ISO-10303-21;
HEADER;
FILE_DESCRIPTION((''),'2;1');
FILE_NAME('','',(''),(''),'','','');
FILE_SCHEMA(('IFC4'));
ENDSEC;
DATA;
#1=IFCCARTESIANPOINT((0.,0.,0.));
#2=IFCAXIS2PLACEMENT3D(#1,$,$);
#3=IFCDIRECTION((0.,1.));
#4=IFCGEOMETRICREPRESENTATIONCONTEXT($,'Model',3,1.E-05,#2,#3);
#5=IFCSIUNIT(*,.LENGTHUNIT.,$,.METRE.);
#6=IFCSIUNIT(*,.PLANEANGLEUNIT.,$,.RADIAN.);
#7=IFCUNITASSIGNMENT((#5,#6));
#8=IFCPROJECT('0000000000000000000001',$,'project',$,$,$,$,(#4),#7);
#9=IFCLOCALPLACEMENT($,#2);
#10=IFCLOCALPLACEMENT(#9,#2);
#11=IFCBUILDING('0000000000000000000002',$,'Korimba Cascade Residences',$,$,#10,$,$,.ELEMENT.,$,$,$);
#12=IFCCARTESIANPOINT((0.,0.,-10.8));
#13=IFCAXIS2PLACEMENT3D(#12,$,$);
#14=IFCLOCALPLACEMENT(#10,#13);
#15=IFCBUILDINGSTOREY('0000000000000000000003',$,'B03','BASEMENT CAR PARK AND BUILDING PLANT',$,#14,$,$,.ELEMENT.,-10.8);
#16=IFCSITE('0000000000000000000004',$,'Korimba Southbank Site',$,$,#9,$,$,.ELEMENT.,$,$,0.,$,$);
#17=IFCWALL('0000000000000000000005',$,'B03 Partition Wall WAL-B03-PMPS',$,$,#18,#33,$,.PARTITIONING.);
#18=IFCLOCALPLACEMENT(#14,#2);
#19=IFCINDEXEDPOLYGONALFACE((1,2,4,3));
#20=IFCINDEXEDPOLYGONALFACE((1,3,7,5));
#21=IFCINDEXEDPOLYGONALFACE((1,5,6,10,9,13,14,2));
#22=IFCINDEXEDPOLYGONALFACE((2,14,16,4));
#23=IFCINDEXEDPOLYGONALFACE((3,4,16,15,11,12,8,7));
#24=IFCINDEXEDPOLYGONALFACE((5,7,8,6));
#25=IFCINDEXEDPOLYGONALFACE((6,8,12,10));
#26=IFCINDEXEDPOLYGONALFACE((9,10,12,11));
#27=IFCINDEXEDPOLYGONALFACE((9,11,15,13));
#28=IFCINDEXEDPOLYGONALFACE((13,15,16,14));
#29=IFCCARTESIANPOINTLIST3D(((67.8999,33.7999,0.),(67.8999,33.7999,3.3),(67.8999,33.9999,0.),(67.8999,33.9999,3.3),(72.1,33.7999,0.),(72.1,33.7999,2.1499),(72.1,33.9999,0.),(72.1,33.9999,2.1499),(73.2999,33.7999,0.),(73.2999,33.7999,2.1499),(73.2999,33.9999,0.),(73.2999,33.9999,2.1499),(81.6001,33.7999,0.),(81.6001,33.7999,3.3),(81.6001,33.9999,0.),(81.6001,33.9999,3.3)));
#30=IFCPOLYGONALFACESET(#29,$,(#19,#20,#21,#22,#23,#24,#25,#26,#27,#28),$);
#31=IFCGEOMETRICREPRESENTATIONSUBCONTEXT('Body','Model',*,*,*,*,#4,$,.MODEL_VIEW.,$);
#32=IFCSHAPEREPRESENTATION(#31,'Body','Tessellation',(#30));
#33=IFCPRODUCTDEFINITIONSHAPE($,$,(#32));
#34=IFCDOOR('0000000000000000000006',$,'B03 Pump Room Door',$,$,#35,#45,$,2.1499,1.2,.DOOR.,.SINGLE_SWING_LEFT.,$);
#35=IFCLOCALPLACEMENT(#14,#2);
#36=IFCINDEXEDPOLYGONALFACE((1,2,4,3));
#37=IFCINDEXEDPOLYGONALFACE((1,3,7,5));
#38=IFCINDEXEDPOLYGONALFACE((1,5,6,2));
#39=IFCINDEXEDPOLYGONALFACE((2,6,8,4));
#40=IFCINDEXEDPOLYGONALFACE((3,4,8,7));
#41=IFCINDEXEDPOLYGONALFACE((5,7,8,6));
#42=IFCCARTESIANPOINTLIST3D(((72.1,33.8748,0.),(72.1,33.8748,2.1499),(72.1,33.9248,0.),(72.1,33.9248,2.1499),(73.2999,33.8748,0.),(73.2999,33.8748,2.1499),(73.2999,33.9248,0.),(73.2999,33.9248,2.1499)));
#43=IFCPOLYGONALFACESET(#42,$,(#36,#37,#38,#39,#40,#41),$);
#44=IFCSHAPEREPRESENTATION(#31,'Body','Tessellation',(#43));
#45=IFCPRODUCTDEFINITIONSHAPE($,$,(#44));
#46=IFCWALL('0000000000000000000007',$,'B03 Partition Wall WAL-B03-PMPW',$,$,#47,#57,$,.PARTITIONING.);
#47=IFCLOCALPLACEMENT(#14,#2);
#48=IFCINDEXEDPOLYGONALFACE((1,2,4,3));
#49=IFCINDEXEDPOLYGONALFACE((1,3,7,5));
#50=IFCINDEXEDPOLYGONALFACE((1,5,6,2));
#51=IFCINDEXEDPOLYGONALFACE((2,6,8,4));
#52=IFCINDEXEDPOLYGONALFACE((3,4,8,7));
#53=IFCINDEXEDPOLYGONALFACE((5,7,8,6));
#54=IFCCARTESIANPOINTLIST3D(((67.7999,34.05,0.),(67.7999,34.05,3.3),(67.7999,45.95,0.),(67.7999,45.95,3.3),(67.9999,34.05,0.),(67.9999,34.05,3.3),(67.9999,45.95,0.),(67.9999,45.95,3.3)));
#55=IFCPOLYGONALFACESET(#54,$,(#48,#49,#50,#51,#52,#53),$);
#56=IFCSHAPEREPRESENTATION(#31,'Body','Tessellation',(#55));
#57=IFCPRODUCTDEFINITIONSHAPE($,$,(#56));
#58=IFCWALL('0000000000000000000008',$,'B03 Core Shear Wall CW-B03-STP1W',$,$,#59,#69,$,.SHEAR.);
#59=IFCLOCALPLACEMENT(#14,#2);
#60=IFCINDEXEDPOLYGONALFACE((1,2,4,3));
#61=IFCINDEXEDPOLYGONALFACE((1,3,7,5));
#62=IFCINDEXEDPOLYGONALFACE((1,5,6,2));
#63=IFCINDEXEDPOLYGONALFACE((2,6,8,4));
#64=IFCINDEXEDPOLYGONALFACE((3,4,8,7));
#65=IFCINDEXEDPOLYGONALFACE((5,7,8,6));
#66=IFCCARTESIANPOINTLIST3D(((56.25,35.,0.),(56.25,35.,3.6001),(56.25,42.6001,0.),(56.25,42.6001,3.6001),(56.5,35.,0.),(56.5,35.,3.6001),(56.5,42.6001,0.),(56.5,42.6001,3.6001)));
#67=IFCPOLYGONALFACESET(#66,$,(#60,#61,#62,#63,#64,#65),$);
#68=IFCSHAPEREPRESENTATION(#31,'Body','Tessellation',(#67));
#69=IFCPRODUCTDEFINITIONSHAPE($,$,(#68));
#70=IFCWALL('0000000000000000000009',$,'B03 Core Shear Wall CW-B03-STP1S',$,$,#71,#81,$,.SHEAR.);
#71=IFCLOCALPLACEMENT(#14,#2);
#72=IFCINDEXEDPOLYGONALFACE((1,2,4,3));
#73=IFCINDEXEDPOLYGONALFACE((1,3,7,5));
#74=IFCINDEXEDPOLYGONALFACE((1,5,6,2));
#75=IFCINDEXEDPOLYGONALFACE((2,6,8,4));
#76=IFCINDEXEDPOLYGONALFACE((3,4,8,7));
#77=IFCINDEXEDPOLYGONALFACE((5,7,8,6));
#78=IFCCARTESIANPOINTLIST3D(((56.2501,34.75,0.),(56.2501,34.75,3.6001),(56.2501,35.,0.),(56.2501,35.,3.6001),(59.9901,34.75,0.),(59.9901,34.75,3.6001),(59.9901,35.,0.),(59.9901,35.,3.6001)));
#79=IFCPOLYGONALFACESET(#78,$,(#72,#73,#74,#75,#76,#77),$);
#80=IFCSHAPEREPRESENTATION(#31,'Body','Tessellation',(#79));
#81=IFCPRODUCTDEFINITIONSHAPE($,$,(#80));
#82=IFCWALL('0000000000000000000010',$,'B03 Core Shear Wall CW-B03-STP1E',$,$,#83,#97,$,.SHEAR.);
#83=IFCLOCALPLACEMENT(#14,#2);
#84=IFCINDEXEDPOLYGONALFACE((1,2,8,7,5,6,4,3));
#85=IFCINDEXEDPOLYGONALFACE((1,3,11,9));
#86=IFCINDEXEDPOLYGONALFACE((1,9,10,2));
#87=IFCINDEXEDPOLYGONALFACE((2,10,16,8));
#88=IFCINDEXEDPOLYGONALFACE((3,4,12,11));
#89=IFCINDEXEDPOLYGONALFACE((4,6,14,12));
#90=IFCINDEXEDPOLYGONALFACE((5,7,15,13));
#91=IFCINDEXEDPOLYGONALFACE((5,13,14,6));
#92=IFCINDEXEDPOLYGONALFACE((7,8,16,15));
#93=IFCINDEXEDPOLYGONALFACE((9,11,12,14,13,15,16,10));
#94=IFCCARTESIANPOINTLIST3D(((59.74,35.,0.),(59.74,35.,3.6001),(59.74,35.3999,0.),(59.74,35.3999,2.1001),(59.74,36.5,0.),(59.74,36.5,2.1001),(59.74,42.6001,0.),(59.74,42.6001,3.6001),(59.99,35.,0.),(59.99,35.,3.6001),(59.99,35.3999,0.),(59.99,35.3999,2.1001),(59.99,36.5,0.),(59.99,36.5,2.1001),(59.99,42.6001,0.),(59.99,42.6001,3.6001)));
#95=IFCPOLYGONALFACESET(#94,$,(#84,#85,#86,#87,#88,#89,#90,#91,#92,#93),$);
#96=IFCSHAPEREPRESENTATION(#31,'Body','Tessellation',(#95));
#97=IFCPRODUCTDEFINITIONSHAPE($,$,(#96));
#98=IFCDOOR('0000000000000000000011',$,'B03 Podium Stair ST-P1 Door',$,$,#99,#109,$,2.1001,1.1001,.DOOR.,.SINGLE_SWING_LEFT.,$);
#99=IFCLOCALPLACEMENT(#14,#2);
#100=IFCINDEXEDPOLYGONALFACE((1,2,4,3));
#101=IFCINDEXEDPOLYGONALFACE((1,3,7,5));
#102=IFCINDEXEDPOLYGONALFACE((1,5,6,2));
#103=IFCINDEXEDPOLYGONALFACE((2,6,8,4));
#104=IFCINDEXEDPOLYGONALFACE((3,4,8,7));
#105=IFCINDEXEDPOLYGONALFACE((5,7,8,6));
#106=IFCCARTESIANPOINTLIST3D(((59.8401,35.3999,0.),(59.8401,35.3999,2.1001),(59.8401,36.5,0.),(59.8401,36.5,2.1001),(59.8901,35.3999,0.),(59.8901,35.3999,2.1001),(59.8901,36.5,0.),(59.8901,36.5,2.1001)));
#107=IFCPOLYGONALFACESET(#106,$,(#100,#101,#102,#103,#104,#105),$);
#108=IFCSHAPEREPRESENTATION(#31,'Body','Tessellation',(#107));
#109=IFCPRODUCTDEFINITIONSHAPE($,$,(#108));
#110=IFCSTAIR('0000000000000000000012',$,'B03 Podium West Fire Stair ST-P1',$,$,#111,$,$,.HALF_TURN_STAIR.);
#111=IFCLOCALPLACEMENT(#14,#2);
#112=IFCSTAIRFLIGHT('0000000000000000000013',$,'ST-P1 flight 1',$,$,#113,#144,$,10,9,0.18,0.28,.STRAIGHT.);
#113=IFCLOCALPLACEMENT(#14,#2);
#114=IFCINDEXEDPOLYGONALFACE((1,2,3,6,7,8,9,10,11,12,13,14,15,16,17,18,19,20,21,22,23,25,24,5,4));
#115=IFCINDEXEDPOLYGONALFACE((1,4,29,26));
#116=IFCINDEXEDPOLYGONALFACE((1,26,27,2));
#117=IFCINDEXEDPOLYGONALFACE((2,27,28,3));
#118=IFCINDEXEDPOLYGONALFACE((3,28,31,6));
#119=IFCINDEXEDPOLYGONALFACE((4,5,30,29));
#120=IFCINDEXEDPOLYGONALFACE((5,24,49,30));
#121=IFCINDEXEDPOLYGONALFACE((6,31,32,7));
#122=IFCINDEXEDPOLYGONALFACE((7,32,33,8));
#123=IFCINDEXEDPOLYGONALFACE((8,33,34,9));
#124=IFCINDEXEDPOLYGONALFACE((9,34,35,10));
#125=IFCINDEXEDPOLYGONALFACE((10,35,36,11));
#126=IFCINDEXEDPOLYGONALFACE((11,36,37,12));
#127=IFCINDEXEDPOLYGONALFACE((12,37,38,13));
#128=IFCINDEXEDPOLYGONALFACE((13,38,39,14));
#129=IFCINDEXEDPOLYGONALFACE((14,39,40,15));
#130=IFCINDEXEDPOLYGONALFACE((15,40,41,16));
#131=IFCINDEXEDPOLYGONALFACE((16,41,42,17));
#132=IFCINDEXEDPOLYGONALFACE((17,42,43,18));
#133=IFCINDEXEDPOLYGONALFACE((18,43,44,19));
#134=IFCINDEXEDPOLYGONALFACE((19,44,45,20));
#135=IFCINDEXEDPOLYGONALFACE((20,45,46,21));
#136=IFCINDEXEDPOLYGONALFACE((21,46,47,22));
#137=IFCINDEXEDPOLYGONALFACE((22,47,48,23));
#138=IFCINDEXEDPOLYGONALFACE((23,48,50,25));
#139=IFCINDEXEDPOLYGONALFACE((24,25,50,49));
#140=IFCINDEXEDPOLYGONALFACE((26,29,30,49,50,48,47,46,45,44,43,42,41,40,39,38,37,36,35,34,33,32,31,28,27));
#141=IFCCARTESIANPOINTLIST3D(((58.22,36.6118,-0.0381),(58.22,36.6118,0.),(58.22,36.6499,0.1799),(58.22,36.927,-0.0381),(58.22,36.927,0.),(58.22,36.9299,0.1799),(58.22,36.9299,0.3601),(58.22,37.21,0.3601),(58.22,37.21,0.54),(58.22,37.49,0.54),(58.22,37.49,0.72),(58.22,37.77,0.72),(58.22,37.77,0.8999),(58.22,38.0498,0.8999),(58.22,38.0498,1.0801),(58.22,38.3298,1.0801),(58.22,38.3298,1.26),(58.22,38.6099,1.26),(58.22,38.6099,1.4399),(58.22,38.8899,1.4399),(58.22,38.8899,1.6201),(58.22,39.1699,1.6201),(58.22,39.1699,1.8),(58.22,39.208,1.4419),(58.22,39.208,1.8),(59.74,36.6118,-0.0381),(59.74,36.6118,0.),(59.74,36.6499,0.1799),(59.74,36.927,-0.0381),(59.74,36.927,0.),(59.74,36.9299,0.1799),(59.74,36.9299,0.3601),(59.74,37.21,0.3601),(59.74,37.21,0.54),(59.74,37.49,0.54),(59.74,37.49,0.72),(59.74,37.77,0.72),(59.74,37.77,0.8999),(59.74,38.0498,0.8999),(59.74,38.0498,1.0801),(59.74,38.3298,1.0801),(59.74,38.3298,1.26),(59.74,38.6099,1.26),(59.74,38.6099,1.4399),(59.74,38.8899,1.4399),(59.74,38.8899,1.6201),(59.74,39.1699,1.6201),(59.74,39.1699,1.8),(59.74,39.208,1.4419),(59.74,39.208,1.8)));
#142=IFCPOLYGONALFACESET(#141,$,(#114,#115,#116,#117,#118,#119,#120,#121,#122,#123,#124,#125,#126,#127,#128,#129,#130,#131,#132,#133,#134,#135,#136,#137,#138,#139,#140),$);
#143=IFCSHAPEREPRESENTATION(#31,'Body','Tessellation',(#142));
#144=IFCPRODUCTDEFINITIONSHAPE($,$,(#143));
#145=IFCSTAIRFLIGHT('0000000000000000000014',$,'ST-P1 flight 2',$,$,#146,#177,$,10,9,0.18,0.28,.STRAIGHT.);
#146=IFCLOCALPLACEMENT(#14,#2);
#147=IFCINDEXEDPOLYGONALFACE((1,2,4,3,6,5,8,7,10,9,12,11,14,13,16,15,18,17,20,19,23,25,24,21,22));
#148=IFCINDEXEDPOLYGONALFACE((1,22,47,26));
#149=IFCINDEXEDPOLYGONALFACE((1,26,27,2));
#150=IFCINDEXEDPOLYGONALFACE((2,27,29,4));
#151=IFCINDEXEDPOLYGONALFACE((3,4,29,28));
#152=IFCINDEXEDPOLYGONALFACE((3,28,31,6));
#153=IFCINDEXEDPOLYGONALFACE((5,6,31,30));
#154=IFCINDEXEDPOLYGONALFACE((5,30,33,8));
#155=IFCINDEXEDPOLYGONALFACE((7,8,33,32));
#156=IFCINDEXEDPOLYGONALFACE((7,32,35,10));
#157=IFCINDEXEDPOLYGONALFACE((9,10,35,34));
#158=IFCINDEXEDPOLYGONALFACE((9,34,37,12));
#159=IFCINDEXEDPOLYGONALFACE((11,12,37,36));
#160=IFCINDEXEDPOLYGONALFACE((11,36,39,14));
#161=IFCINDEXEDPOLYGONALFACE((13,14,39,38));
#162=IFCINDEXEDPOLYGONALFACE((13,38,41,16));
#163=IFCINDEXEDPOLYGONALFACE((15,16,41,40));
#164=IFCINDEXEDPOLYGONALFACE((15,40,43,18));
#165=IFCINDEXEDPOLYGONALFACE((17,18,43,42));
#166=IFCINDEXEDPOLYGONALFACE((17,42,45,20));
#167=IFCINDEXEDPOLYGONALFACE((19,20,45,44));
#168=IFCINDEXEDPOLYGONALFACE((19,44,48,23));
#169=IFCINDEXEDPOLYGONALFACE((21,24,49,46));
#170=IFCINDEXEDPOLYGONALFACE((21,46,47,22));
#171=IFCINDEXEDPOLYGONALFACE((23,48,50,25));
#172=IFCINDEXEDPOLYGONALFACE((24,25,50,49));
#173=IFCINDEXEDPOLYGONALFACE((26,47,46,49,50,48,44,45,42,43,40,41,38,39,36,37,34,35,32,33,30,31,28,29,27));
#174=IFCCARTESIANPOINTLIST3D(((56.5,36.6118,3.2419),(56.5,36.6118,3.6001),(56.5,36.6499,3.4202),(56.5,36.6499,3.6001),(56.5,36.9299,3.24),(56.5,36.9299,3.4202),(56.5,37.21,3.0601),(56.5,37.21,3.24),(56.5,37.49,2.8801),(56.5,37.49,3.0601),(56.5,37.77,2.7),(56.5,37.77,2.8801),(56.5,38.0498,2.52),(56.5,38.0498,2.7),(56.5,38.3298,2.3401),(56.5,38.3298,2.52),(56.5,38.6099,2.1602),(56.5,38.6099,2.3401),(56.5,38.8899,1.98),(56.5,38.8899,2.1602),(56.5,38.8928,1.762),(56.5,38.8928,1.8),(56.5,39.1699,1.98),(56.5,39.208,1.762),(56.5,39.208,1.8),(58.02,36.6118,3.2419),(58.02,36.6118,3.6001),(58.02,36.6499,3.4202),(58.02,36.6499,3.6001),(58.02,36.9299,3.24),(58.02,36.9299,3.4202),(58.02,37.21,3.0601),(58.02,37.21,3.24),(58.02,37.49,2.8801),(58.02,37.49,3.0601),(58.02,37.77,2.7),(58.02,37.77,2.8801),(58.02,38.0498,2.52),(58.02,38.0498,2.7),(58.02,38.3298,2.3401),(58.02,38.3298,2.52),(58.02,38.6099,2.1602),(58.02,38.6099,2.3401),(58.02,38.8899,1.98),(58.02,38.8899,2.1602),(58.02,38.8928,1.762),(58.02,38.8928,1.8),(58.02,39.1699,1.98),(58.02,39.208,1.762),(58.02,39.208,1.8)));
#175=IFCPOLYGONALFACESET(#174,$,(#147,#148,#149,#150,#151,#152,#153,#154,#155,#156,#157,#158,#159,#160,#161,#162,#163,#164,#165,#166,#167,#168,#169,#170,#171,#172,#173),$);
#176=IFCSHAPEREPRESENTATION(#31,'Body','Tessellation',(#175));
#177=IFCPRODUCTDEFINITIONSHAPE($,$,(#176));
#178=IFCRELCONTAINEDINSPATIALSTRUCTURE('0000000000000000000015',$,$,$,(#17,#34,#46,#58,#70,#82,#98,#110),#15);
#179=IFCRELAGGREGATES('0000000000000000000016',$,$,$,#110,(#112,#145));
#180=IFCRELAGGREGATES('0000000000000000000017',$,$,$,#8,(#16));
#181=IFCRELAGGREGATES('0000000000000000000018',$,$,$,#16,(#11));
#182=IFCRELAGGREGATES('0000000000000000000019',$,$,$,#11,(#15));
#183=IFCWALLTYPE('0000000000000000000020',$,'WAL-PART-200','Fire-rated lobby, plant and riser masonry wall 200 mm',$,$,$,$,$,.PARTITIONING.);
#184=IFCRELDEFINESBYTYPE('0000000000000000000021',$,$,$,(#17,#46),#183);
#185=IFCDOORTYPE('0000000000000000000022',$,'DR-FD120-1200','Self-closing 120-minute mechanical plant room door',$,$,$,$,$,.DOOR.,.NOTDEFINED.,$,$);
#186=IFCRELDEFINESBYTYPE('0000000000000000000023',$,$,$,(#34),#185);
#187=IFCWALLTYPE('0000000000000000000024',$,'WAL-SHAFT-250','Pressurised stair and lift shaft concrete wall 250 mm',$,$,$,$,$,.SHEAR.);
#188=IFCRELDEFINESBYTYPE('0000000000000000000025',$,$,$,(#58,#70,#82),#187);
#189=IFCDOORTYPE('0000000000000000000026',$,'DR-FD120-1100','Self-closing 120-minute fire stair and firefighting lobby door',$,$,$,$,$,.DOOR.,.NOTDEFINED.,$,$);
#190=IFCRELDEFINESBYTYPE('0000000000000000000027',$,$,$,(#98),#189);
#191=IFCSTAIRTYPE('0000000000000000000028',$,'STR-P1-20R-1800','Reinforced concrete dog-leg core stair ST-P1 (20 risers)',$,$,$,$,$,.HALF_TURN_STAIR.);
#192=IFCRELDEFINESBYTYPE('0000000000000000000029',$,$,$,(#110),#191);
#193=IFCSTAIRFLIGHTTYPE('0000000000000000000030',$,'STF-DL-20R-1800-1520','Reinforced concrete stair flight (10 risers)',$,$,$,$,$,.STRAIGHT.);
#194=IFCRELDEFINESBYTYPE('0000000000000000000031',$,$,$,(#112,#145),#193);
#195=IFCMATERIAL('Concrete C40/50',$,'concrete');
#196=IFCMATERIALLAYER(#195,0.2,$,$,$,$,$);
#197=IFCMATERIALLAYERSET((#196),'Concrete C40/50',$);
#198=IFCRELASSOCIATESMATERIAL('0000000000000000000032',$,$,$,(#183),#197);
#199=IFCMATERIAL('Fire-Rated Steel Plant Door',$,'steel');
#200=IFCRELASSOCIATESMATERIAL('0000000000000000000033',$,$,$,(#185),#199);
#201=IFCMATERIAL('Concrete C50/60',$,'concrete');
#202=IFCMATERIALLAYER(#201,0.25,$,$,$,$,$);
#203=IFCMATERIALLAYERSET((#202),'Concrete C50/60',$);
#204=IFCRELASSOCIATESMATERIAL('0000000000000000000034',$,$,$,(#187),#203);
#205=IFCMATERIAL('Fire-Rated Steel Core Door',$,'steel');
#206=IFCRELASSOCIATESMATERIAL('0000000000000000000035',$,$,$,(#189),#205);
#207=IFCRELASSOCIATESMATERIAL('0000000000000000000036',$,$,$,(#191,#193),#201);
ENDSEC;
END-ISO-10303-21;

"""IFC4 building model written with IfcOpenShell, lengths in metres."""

from ifc_helpers import new_model, si_unit, direction, frame, frame_2d, origin, place, context, subcontext, project, spatial, polyline, rectangle, outline, extrude, material, layer, layer_set, type_object, element, fill, aggregate, save


model = new_model("IFC4")

# Units and contexts
model_context = context("Model", 3, precision=1e-05, world=origin(), true_north=direction((0.0, 1.0)))
body_context = subcontext(model_context, "Body", "Model", "MODEL_VIEW")
ifc_project = project(units=[si_unit("LENGTHUNIT", "METRE"), si_unit("PLANEANGLEUNIT", "RADIAN")], contexts=[model_context])

# Site, building, storey
site_placement = place(None, origin())
site = spatial("IfcSite", under=ifc_project, at=site_placement, Name="Korimba Southbank Site", CompositionType="ELEMENT", RefElevation=0.0)
building_placement = place(site_placement, origin())
building = spatial("IfcBuilding", under=site, at=building_placement, Name="Korimba Cascade Residences", CompositionType="ELEMENT")
storey_placement = place(building_placement, frame((0.0, 0.0, -10.8)))
storey = spatial("IfcBuildingStorey", under=building, at=storey_placement, Name="B03", Description="BASEMENT CAR PARK AND BUILDING PLANT", CompositionType="ELEMENT", Elevation=-10.8)

# Shared definitions
ifc_material_1 = material(Name="Concrete C50/60", Category="concrete")

# Shared definitions
ifc_material_2 = material(Name="Concrete C40/50", Category="concrete")
ifc_layer_1 = layer(ifc_material_2, 0.2)
ifc_layer_set_1 = layer_set([ifc_layer_1], Name="Concrete C40/50")
wall_type_1 = type_object("IfcWallType", Name="WAL-PART-200", Description="Fire-rated lobby, plant and riser masonry wall 200 mm", PredefinedType="PARTITIONING", material=ifc_layer_set_1)

# Wall, opening, door
wall_1_placement = place(storey_placement, frame((67.8999, 33.8999, 0.0), z_axis=(0.0, 0.0, 1.0), x_axis=(1.0, 0.0, 0.0)))
wall_1 = element("IfcWall", 1, at=wall_1_placement, inside=storey, type_object=wall_type_1, Name="B03 Partition Wall WAL-B03-PMPS", PredefinedType="PARTITIONING", context=body_context, shape_type="SweptSolid", body=[
    extrude(rectangle(XDim=13.7002, YDim=0.2, at=frame_2d((6.8501, 0.0))), origin(), (0.0, 0.0, 1.0), 3.3),
])
opening_1_placement = place(wall_1_placement, frame((4.2, 0.0, 0.0)))
opening_1 = element("IfcOpeningElement", 2, at=opening_1_placement, cuts=wall_1, PredefinedType="OPENING", context=body_context, shape_type="SweptSolid", body=[
    extrude(rectangle(XDim=1.2, YDim=2.1499, at=frame_2d((0.6001, 1.075))), frame((0.0, 0.1099, 0.0), z_axis=(0.0, -1.0, 0.0), x_axis=(1.0, 0.0, 0.0)), (0.0, 0.0, 1.0), 0.22),
])
ifc_material_3 = material(Name="Fire-Rated Steel Plant Door", Category="steel")
door_type_1 = type_object("IfcDoorType", Name="DR-FD120-1200", Description="Self-closing 120-minute mechanical plant room door", OperationType="NOTDEFINED", PredefinedType="DOOR", material=ifc_material_3)
door_1_placement = place(opening_1_placement, origin())
door_1 = element("IfcDoor", 3, at=door_1_placement, inside=storey, type_object=door_type_1, Name="B03 Pump Room Door", OperationType="SINGLE_SWING_LEFT", OverallHeight=2.1499, OverallWidth=1.2, PredefinedType="DOOR", context=body_context, shape_type="SweptSolid", body=[
    extrude(rectangle(XDim=1.2, YDim=2.1499, at=frame_2d((0.6001, 1.075))), frame((0.0, 0.0249, 0.0), z_axis=(0.0, -1.0, 0.0), x_axis=(1.0, 0.0, 0.0)), (0.0, 0.0, 1.0), 0.05),
])
fill(opening_1, door_1)

# Walls
wall_2_placement = place(storey_placement, frame((67.8999, 34.05, 0.0), z_axis=(0.0, 0.0, 1.0), x_axis=(0.0, 1.0, 0.0)))
element("IfcWall", 4, at=wall_2_placement, inside=storey, type_object=wall_type_1, Name="B03 Partition Wall WAL-B03-PMPW", PredefinedType="PARTITIONING", context=body_context, shape_type="SweptSolid", body=[
    extrude(rectangle(XDim=11.8999, YDim=0.2, at=frame_2d((5.95, 0.0))), origin(), (0.0, 0.0, 1.0), 3.3),
])
ifc_layer_2 = layer(ifc_material_1, 0.25)
ifc_layer_set_2 = layer_set([ifc_layer_2], Name="Concrete C50/60")
wall_type_2 = type_object("IfcWallType", Name="WAL-SHAFT-250", Description="Pressurised stair and lift shaft concrete wall 250 mm", PredefinedType="SHEAR", material=ifc_layer_set_2)
wall_3_placement = place(storey_placement, frame((56.375, 35.0, 0.0), z_axis=(0.0, 0.0, 1.0), x_axis=(0.0, 1.0, 0.0)))
element("IfcWall", 5, at=wall_3_placement, inside=storey, type_object=wall_type_2, Name="B03 Core Shear Wall CW-B03-STP1W", PredefinedType="SHEAR", context=body_context, shape_type="SweptSolid", body=[
    extrude(rectangle(XDim=7.6001, YDim=0.25, at=frame_2d((3.8, 0.0))), origin(), (0.0, 0.0, 1.0), 3.6001),
])
wall_4_placement = place(storey_placement, frame((56.25, 34.875, 0.0), z_axis=(0.0, 0.0, 1.0), x_axis=(1.0, 0.0, 0.0)))
element("IfcWall", 6, at=wall_4_placement, inside=storey, type_object=wall_type_2, Name="B03 Core Shear Wall CW-B03-STP1S", PredefinedType="SHEAR", context=body_context, shape_type="SweptSolid", body=[
    extrude(rectangle(XDim=3.74, YDim=0.25, at=frame_2d((1.8701, 0.0))), origin(), (0.0, 0.0, 1.0), 3.6001),
])

# Wall, opening, door
wall_5_placement = place(storey_placement, frame((59.865, 35.0, 0.0), z_axis=(0.0, 0.0, 1.0), x_axis=(0.0, 1.0, 0.0)))
wall_5 = element("IfcWall", 7, at=wall_5_placement, inside=storey, type_object=wall_type_2, Name="B03 Core Shear Wall CW-B03-STP1E", PredefinedType="SHEAR", context=body_context, shape_type="SweptSolid", body=[
    extrude(rectangle(XDim=7.6001, YDim=0.25, at=frame_2d((3.8, 0.0))), origin(), (0.0, 0.0, 1.0), 3.6001),
])
opening_2_placement = place(wall_5_placement, frame((0.3999, 0.0, 0.0)))
opening_2 = element("IfcOpeningElement", 8, at=opening_2_placement, cuts=wall_5, PredefinedType="OPENING", context=body_context, shape_type="SweptSolid", body=[
    extrude(rectangle(XDim=1.1001, YDim=2.1001, at=frame_2d((0.55, 1.05))), frame((0.0, 0.135, 0.0), z_axis=(0.0, -1.0, 0.0), x_axis=(1.0, 0.0, 0.0)), (0.0, 0.0, 1.0), 0.27),
])
ifc_material_4 = material(Name="Fire-Rated Steel Core Door", Category="steel")
door_type_2 = type_object("IfcDoorType", Name="DR-FD120-1100", Description="Self-closing 120-minute fire stair and firefighting lobby door", OperationType="NOTDEFINED", PredefinedType="DOOR", material=ifc_material_4)
door_2_placement = place(opening_2_placement, origin())
door_2 = element("IfcDoor", 9, at=door_2_placement, inside=storey, type_object=door_type_2, Name="B03 Podium Stair ST-P1 Door", OperationType="SINGLE_SWING_LEFT", OverallHeight=2.1001, OverallWidth=1.1001, PredefinedType="DOOR", context=body_context, shape_type="SweptSolid", body=[
    extrude(rectangle(XDim=1.1001, YDim=2.1001, at=frame_2d((0.55, 1.05))), frame((0.0, 0.0249, 0.0), z_axis=(0.0, -1.0, 0.0), x_axis=(1.0, 0.0, 0.0)), (0.0, 0.0, 1.0), 0.05),
])
fill(opening_2, door_2)

# Stair, stair flights
stair_type = type_object("IfcStairType", Name="STR-P1-20R-1800", Description="Reinforced concrete dog-leg core stair ST-P1 (20 risers)", PredefinedType="HALF_TURN_STAIR", material=ifc_material_1)
stair_placement = place(storey_placement, origin())
stair = element("IfcStair", 10, at=stair_placement, inside=storey, type_object=stair_type, Name="B03 Podium West Fire Stair ST-P1", PredefinedType="HALF_TURN_STAIR")
stair_flight_type = type_object("IfcStairFlightType", Name="STF-DL-20R-1800-1520", Description="Reinforced concrete stair flight (10 risers)", PredefinedType="STRAIGHT", material=ifc_material_1)
stair_flight_1_placement = place(storey_placement, frame((58.98, 36.6499, 0.0), z_axis=(0.0, 0.0, 1.0), x_axis=(0.0, 1.0, 0.0)))
stair_flight_1 = element("IfcStairFlight", 11, at=stair_flight_1_placement, type_object=stair_flight_type, Name="ST-P1 flight 1", NumberOfRisers=10, NumberOfTreads=9, PredefinedType="STRAIGHT", RiserHeight=0.18, TreadLength=0.28, context=body_context, shape_type="SweptSolid", body=[
    extrude(outline(polyline([(-0.0381, 0.0), (0.0, 0.1799), (0.28, 0.1799), (0.28, 0.3601), (0.5601, 0.3601), (0.5601, 0.54), (0.8401, 0.54), (0.8401, 0.72), (1.1201, 0.72), (1.1201, 0.8999), (1.3999, 0.8999), (1.3999, 1.0801), (1.6799, 1.0801), (1.6799, 1.26), (1.96, 1.26), (1.96, 1.4399), (2.24, 1.4399), (2.24, 1.6201), (2.52, 1.6201), (2.52, 1.8), (2.5581, 1.8), (2.5581, 1.4419), (0.2771, 0.0), (0.2771, -0.0381), (-0.0381, -0.0381), (-0.0381, 0.0)])), frame((0.0, 0.76, 0.0), z_axis=(0.0, -1.0, 0.0), x_axis=(1.0, 0.0, 0.0)), (0.0, 0.0, 1.0), 1.52),
])
stair_flight_2_placement = place(storey_placement, frame((57.26, 39.1699, 1.8), z_axis=(0.0, 0.0, 1.0), x_axis=(0.0, -1.0, 0.0)))
stair_flight_2 = element("IfcStairFlight", 12, at=stair_flight_2_placement, type_object=stair_flight_type, Name="ST-P1 flight 2", NumberOfRisers=10, NumberOfTreads=9, PredefinedType="STRAIGHT", RiserHeight=0.18, TreadLength=0.28, context=body_context, shape_type="SweptSolid", body=[
    extrude(outline(polyline([(-0.0381, 0.0), (0.0, 0.1799), (0.28, 0.1799), (0.28, 0.3601), (0.5601, 0.3601), (0.5601, 0.54), (0.8401, 0.54), (0.8401, 0.72), (1.1201, 0.72), (1.1201, 0.8999), (1.3999, 0.8999), (1.3999, 1.0801), (1.6799, 1.0801), (1.6799, 1.26), (1.96, 1.26), (1.96, 1.4399), (2.24, 1.4399), (2.24, 1.6201), (2.52, 1.6201), (2.52, 1.8), (2.5581, 1.8), (2.5581, 1.4419), (0.2771, 0.0), (0.2771, -0.0381), (-0.0381, -0.0381), (-0.0381, 0.0)])), frame((0.0, 0.76, 0.0), z_axis=(0.0, -1.0, 0.0), x_axis=(1.0, 0.0, 0.0)), (0.0, 0.0, 1.0), 1.52),
])
aggregate(stair, [stair_flight_1, stair_flight_2])

save(model, "model.ifc")
